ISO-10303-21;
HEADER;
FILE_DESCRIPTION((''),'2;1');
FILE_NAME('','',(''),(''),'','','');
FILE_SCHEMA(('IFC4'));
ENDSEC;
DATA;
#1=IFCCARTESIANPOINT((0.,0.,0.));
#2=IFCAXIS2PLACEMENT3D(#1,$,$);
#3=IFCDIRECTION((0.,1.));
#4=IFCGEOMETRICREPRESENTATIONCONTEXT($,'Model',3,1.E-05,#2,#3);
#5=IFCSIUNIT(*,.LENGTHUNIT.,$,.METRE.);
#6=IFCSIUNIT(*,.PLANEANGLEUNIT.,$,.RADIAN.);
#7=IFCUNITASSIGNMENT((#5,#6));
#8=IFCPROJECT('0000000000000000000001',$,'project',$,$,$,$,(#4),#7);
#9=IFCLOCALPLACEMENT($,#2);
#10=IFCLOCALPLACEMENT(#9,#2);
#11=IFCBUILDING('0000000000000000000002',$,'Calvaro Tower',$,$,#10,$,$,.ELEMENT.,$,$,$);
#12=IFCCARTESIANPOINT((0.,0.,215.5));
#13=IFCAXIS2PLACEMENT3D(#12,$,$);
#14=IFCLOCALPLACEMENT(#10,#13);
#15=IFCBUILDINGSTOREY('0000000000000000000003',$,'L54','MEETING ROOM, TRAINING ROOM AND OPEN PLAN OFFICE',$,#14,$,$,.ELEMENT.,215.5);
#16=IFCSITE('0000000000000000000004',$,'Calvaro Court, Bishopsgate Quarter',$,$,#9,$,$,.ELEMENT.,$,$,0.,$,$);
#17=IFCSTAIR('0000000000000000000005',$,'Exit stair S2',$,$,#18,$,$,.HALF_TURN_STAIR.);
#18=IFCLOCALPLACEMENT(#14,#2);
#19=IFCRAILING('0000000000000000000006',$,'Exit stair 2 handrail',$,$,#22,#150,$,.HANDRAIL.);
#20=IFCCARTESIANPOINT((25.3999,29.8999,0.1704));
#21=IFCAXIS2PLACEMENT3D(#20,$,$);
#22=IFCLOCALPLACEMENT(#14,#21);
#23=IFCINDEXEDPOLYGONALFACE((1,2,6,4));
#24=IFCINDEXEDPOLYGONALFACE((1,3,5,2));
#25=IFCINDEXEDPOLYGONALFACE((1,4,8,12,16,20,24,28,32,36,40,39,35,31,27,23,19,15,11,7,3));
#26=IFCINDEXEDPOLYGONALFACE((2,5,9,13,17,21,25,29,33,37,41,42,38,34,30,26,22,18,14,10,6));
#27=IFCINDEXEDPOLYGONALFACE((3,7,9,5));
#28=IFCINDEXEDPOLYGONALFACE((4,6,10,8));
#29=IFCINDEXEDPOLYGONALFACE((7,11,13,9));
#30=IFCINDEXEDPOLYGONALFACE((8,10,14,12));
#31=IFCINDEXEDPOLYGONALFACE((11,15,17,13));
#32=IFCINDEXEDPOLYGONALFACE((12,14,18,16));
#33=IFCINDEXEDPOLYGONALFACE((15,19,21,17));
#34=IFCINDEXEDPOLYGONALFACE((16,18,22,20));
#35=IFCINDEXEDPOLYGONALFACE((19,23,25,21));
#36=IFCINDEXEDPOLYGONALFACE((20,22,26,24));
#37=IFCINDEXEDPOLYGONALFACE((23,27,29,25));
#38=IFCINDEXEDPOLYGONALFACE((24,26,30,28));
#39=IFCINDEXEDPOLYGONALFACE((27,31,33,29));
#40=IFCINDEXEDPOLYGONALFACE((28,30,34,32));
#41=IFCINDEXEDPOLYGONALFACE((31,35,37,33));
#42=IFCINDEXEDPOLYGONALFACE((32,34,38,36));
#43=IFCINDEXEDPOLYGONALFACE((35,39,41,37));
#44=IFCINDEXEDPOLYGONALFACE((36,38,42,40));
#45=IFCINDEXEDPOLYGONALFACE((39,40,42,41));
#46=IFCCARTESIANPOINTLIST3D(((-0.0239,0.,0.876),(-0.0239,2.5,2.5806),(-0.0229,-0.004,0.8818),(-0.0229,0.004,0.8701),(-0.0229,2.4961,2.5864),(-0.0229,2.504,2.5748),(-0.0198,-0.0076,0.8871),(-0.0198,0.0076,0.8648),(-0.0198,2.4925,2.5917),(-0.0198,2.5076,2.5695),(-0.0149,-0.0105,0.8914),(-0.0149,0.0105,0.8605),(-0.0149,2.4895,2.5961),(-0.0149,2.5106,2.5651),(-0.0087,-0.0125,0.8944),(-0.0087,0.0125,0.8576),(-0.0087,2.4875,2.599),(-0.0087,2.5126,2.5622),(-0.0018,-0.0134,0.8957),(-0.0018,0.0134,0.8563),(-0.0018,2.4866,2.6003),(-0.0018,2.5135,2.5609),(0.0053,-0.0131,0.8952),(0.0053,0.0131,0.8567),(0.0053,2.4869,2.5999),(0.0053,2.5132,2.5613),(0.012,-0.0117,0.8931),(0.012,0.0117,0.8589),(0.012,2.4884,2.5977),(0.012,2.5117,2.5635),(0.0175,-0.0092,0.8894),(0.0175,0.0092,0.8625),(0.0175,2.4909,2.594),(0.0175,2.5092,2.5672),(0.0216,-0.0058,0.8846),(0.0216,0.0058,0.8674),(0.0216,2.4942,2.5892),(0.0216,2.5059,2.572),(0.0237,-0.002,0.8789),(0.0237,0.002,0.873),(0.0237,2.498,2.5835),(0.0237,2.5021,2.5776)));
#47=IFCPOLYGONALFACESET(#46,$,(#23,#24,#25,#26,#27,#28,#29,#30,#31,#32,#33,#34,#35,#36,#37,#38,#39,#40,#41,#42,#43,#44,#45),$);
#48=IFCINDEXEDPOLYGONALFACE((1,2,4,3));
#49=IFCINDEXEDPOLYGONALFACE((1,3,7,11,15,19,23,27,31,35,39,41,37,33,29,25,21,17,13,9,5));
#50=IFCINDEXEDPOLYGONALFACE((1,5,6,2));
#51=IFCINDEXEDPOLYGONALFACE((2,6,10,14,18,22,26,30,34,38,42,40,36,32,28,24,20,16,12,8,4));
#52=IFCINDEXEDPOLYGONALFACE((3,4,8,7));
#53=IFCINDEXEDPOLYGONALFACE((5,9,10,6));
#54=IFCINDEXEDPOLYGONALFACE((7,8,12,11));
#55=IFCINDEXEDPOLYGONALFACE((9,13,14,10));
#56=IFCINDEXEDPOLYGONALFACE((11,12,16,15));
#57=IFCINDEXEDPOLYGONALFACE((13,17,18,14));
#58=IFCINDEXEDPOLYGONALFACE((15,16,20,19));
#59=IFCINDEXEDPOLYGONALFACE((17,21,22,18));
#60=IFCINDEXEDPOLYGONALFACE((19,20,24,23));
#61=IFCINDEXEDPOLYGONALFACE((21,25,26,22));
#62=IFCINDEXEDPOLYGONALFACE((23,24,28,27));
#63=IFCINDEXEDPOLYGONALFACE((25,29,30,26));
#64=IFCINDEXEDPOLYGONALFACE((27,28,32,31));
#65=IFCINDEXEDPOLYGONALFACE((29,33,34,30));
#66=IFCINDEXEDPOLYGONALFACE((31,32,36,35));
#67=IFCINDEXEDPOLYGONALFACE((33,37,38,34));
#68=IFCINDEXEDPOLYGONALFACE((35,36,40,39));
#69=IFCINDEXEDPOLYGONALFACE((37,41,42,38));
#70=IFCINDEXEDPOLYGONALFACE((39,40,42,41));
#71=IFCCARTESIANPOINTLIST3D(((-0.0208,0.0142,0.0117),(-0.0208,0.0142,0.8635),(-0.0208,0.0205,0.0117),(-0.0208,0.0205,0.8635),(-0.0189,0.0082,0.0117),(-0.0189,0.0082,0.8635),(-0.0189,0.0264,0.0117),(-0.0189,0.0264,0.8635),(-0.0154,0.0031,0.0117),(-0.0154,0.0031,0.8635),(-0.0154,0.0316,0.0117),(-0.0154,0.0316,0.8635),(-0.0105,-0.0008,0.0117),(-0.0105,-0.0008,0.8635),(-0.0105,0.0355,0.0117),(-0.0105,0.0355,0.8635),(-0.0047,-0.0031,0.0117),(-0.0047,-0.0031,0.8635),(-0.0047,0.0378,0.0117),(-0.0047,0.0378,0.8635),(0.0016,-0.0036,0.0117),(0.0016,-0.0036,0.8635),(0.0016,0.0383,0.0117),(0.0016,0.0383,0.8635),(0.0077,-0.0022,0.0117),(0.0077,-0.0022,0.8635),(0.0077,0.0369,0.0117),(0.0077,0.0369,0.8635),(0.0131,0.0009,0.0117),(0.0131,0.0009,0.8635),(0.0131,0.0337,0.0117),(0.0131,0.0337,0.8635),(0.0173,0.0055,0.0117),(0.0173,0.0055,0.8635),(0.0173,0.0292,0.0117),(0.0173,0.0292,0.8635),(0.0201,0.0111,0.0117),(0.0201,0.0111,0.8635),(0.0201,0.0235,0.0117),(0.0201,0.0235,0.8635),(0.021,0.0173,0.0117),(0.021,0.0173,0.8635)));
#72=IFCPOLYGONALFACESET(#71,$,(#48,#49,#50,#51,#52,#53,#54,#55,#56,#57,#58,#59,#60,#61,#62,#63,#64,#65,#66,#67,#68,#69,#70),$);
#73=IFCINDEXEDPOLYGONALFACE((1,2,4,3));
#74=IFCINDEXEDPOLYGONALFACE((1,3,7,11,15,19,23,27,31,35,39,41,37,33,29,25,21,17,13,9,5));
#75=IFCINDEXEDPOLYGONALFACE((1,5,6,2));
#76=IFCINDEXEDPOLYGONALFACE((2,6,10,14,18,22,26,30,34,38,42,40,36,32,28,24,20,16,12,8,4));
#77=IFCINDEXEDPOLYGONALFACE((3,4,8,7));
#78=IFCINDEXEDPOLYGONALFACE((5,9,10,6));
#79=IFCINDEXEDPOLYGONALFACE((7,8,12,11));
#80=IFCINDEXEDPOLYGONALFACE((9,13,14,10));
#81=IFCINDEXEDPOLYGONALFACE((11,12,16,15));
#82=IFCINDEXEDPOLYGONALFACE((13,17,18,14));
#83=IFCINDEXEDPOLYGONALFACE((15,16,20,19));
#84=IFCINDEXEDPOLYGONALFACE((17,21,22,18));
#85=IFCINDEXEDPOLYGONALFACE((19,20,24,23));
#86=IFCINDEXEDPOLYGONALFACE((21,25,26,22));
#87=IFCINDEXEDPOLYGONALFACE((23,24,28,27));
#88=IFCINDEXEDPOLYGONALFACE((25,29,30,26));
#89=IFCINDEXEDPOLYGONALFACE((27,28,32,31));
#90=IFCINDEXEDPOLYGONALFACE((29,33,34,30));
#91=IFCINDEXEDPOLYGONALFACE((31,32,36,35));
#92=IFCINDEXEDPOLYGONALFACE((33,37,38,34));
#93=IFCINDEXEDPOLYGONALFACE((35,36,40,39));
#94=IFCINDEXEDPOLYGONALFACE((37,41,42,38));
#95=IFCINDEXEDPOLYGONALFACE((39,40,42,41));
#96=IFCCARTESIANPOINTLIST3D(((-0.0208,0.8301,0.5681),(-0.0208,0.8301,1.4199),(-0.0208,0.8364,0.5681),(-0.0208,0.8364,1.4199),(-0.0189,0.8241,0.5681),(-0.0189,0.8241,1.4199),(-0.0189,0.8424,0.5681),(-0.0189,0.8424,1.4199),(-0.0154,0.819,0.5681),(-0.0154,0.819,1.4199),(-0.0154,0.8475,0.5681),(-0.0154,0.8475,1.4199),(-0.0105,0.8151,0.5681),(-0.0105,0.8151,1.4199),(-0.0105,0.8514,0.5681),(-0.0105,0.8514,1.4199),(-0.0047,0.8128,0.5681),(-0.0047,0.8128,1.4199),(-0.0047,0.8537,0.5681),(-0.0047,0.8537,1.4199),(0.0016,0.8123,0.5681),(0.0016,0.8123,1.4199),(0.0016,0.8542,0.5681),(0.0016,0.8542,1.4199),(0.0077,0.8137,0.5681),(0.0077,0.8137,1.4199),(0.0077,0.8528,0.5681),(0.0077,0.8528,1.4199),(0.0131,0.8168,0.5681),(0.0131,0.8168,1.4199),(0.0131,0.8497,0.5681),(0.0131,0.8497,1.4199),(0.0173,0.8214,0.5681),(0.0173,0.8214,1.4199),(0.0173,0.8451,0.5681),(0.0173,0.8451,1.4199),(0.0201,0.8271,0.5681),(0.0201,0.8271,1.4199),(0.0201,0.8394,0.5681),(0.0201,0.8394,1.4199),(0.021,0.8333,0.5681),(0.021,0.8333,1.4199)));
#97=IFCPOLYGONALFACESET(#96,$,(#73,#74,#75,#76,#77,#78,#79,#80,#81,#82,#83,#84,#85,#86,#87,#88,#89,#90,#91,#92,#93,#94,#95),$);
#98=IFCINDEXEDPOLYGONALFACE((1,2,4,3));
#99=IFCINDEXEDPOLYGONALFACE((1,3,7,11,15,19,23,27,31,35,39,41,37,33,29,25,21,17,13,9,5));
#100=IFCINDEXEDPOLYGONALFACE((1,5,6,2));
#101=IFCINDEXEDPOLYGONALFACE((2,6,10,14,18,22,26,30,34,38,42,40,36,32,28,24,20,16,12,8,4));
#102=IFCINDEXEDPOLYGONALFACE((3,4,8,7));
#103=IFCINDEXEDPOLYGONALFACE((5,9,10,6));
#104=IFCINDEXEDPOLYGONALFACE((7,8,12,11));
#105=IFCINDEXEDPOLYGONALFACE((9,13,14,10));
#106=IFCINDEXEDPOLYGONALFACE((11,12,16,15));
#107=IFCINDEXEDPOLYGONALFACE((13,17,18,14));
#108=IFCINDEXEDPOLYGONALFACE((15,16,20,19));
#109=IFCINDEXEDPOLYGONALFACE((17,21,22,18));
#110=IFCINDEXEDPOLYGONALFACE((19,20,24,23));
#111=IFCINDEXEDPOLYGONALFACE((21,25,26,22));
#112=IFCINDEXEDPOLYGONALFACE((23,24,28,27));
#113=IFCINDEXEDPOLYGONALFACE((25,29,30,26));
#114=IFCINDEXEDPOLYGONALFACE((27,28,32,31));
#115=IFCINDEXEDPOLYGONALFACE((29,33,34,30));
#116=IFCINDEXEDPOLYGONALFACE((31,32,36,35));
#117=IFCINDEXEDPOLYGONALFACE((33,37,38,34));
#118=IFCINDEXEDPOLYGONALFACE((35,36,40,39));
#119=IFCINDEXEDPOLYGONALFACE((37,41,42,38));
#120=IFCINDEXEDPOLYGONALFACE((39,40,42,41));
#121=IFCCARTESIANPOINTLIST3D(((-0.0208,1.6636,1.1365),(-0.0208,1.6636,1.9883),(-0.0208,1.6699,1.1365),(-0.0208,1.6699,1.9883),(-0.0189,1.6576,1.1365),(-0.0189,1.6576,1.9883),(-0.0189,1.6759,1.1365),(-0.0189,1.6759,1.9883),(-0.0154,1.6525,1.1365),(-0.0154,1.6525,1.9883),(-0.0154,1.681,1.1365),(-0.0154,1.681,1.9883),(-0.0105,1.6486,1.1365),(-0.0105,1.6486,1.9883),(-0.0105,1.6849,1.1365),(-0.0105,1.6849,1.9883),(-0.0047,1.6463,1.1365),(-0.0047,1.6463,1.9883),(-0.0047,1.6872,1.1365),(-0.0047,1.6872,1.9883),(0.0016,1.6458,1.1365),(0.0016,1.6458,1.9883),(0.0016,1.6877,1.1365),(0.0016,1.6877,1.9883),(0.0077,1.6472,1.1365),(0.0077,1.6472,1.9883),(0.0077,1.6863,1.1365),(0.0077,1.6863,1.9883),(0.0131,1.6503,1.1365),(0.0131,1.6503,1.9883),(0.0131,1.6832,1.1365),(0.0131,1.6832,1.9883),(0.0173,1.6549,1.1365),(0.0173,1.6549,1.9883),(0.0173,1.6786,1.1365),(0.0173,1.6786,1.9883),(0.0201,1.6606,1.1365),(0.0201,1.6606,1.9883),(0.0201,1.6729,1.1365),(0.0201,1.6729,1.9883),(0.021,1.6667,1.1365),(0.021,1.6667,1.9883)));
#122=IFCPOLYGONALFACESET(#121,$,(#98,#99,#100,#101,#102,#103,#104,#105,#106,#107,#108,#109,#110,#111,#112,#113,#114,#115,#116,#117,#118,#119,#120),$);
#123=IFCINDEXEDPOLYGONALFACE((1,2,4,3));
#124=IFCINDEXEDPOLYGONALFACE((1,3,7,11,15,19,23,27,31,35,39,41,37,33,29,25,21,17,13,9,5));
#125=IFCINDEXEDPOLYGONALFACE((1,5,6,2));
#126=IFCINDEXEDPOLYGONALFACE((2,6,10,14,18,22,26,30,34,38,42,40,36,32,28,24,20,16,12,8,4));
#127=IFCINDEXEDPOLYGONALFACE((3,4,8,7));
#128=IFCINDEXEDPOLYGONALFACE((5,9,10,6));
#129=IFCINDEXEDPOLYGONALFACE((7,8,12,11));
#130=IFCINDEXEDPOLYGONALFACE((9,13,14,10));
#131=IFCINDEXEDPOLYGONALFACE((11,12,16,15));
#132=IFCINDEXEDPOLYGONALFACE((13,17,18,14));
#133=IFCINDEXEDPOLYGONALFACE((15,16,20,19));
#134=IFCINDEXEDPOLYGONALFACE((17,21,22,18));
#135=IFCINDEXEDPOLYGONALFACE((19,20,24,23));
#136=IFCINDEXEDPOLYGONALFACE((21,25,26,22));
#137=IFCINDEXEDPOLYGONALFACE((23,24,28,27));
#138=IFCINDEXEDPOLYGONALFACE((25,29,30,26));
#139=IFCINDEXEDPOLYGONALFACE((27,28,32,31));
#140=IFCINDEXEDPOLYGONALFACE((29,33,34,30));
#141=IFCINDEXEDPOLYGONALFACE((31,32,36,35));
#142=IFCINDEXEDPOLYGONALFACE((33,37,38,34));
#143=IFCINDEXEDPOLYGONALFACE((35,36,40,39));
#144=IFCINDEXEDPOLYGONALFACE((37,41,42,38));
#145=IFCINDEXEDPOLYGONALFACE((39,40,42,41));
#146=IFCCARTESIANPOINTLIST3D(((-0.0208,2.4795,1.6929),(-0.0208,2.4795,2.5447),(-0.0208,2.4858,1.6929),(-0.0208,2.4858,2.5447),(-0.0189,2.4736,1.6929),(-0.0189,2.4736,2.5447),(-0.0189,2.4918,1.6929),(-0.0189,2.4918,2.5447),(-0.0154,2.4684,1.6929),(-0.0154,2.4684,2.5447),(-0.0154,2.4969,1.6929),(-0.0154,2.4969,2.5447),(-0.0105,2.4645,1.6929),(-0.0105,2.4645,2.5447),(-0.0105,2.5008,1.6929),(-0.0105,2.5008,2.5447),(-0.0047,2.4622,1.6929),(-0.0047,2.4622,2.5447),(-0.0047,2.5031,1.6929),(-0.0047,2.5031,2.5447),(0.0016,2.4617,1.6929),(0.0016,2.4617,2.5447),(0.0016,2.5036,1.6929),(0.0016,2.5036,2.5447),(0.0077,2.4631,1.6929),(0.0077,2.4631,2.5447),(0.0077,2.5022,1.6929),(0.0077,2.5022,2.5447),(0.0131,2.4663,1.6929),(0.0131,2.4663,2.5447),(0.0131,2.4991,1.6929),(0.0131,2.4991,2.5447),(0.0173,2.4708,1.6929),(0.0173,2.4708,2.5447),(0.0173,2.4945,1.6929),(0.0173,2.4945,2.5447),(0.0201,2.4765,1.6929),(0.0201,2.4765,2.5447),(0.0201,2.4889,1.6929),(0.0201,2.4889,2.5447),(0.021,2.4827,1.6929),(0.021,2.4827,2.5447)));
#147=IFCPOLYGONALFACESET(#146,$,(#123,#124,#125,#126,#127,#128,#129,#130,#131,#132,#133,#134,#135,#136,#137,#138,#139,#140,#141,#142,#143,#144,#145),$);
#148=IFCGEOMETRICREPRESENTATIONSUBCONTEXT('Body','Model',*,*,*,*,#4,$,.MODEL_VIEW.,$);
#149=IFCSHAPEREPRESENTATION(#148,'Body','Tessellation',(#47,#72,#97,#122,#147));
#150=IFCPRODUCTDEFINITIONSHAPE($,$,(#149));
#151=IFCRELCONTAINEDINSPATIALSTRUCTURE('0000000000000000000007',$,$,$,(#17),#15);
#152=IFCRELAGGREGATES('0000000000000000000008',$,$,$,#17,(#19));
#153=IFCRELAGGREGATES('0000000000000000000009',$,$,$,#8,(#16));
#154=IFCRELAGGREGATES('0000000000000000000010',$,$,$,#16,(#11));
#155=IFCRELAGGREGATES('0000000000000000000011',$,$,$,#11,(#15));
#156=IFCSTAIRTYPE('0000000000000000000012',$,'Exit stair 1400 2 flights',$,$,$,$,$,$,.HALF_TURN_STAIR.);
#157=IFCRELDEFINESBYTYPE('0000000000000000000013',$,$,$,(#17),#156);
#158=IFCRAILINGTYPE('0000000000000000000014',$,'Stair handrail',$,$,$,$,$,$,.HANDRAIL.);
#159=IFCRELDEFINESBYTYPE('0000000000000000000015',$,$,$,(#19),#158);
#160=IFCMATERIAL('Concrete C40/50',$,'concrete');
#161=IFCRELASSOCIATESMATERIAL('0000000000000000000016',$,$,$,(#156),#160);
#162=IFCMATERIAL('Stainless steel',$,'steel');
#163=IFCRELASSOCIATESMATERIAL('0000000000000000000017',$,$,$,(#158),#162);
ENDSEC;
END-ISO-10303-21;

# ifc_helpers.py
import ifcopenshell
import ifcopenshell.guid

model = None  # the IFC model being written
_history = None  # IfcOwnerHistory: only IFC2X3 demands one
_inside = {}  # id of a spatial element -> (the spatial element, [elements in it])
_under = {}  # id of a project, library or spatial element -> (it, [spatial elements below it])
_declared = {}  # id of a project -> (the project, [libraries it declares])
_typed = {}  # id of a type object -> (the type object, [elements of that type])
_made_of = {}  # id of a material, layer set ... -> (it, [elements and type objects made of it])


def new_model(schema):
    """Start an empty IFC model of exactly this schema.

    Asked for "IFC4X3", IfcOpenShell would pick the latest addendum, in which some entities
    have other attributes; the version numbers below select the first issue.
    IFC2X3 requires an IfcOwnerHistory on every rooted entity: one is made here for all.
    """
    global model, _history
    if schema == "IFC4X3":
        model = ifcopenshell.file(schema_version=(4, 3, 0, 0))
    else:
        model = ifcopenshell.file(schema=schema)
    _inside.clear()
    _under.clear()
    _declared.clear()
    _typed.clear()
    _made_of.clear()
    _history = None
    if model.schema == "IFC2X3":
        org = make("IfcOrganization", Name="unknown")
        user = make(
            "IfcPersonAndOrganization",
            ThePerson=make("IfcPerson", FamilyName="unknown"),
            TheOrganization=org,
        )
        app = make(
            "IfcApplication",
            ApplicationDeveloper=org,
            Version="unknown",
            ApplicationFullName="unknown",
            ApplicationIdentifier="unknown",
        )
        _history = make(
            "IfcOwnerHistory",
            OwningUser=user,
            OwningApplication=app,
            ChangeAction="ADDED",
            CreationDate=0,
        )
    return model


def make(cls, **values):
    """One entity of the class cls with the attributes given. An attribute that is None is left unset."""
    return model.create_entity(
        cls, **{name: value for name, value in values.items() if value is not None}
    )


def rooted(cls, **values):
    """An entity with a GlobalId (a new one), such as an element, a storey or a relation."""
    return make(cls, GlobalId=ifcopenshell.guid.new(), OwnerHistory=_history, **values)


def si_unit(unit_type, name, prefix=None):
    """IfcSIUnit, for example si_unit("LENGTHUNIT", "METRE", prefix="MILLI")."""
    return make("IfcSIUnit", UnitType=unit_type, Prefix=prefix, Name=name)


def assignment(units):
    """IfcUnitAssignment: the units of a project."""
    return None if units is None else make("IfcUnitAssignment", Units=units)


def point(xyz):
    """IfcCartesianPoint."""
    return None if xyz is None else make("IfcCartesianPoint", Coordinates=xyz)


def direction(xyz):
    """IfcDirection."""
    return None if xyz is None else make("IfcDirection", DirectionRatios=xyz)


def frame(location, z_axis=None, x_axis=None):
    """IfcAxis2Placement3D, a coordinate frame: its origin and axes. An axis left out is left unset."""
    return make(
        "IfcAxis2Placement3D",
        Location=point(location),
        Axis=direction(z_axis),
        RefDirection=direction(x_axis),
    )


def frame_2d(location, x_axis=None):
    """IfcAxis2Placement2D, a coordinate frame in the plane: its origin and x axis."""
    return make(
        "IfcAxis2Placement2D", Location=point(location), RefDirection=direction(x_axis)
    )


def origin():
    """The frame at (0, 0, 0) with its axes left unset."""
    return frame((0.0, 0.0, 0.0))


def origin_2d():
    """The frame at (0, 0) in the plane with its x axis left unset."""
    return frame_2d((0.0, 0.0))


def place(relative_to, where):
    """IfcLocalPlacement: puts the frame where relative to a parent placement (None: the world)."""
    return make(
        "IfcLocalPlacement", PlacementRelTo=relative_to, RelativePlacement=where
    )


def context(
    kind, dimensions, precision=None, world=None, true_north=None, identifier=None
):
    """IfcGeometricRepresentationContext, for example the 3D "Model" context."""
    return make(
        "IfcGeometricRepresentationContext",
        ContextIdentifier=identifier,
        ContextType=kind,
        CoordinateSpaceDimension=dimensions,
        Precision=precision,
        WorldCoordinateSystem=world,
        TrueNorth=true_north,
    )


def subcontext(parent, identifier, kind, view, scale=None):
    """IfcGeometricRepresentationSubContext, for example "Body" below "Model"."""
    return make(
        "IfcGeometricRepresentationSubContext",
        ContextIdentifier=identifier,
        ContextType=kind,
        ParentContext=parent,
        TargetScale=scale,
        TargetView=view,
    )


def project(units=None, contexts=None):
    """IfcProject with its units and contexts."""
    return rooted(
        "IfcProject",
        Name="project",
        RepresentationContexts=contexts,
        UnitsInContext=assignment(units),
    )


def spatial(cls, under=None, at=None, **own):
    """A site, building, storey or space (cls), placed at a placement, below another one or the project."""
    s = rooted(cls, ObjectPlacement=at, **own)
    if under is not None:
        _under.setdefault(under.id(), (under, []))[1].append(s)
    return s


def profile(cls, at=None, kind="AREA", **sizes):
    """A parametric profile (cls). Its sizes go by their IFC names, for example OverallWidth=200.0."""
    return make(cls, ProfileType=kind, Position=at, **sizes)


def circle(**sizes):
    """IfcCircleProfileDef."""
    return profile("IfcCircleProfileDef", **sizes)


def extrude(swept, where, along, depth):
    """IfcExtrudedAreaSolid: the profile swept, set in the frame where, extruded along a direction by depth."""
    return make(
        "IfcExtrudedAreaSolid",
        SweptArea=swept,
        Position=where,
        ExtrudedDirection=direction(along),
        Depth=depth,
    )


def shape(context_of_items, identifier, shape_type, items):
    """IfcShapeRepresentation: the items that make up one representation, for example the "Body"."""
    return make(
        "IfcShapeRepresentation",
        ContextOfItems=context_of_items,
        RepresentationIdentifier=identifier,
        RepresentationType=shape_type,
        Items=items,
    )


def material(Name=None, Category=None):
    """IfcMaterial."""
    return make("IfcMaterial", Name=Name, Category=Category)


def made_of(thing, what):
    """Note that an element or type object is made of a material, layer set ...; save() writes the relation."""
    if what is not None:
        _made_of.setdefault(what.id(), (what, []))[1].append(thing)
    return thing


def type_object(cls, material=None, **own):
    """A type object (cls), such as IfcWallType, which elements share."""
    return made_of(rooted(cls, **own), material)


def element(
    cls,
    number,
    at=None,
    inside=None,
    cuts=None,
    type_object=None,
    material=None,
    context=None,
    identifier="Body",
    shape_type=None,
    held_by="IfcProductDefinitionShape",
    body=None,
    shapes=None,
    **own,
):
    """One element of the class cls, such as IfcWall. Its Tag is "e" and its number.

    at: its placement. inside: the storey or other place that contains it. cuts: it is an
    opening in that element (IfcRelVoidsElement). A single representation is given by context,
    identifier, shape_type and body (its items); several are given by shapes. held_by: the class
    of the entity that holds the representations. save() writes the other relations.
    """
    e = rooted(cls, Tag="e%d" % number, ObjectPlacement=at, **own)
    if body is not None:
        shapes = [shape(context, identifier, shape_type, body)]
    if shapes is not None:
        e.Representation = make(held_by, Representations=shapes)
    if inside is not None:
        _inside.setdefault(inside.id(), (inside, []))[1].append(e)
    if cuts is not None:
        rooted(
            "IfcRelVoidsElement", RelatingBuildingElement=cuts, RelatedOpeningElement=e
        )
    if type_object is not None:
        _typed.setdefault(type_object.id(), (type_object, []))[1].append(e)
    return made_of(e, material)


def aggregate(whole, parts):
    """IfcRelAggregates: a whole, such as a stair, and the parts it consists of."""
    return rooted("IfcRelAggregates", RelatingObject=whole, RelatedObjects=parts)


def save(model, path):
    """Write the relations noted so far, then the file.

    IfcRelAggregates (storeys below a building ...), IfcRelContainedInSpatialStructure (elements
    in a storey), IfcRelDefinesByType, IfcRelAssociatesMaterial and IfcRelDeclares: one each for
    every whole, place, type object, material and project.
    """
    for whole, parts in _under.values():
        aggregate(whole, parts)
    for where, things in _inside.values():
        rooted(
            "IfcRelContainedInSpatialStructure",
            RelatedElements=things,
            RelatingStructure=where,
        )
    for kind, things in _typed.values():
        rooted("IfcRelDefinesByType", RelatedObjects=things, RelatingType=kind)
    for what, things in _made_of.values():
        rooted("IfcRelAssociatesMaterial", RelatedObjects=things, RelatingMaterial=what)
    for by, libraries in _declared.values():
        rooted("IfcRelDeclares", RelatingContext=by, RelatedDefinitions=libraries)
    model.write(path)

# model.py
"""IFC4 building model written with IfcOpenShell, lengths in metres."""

from ifc_helpers import new_model, si_unit, direction, frame, origin, origin_2d, place, context, subcontext, project, spatial, circle, extrude, material, type_object, element, aggregate, save


model = new_model("IFC4")

# Units and contexts
model_context = context("Model", 3, precision=1e-05, world=origin(), true_north=direction((0.0, 1.0)))
body_context = subcontext(model_context, "Body", "Model", "MODEL_VIEW")
ifc_project = project(units=[si_unit("LENGTHUNIT", "METRE"), si_unit("PLANEANGLEUNIT", "RADIAN")], contexts=[model_context])

# Site, building, storey
site_placement = place(None, origin())
site = spatial("IfcSite", under=ifc_project, at=site_placement, Name="Calvaro Court, Bishopsgate Quarter", CompositionType="ELEMENT", RefElevation=0.0)
building_placement = place(site_placement, origin())
building = spatial("IfcBuilding", under=site, at=building_placement, Name="Calvaro Tower", CompositionType="ELEMENT")
storey_placement = place(building_placement, frame((0.0, 0.0, 215.5)))
storey = spatial("IfcBuildingStorey", under=building, at=storey_placement, Name="L54", Description="MEETING ROOM, TRAINING ROOM AND OPEN PLAN OFFICE", CompositionType="ELEMENT", Elevation=215.5)

# Stair
ifc_material_1 = material(Name="Concrete C40/50", Category="concrete")
stair_type = type_object("IfcStairType", Name="Exit stair 1400 2 flights", PredefinedType="HALF_TURN_STAIR", material=ifc_material_1)
stair_1_placement = place(storey_placement, origin())
stair_1 = element("IfcStair", 1, at=stair_1_placement, inside=storey, type_object=stair_type, Name="Exit stair S2", PredefinedType="HALF_TURN_STAIR")

# Shared definitions
ifc_material_2 = material(Name="Stainless steel", Category="steel")
railing_type = type_object("IfcRailingType", Name="Stair handrail", PredefinedType="HANDRAIL", material=ifc_material_2)

# Railing
railing_1_placement = place(storey_placement, frame((25.3999, 29.8999, 0.1704)))
railing_1 = element("IfcRailing", 2, at=railing_1_placement, type_object=railing_type, Name="Exit stair 2 handrail", PredefinedType="HANDRAIL", context=body_context, shape_type="SweptSolid", body=[
    extrude(circle(Radius=0.0239, at=origin_2d()), frame((0.0, 0.0, 0.876), z_axis=(0.0, 0.826221, 0.563347), x_axis=(-1.0, 0.0, 0.0)), (0.0, 0.0, 1.0), 3.0259),
    extrude(circle(Radius=0.021, at=origin_2d()), frame((0.0, 0.0173, 0.0117)), (0.0, 0.0, 1.0), 0.8518),
    extrude(circle(Radius=0.021, at=origin_2d()), frame((0.0, 0.8333, 0.5681)), (0.0, 0.0, 1.0), 0.8518),
    extrude(circle(Radius=0.021, at=origin_2d()), frame((0.0, 1.6667, 1.1365)), (0.0, 0.0, 1.0), 0.8518),
    extrude(circle(Radius=0.021, at=origin_2d()), frame((0.0, 2.4827, 1.6929)), (0.0, 0.0, 1.0), 0.8518),
])
aggregate(stair_1, [railing_1])

save(model, "model.ifc")
